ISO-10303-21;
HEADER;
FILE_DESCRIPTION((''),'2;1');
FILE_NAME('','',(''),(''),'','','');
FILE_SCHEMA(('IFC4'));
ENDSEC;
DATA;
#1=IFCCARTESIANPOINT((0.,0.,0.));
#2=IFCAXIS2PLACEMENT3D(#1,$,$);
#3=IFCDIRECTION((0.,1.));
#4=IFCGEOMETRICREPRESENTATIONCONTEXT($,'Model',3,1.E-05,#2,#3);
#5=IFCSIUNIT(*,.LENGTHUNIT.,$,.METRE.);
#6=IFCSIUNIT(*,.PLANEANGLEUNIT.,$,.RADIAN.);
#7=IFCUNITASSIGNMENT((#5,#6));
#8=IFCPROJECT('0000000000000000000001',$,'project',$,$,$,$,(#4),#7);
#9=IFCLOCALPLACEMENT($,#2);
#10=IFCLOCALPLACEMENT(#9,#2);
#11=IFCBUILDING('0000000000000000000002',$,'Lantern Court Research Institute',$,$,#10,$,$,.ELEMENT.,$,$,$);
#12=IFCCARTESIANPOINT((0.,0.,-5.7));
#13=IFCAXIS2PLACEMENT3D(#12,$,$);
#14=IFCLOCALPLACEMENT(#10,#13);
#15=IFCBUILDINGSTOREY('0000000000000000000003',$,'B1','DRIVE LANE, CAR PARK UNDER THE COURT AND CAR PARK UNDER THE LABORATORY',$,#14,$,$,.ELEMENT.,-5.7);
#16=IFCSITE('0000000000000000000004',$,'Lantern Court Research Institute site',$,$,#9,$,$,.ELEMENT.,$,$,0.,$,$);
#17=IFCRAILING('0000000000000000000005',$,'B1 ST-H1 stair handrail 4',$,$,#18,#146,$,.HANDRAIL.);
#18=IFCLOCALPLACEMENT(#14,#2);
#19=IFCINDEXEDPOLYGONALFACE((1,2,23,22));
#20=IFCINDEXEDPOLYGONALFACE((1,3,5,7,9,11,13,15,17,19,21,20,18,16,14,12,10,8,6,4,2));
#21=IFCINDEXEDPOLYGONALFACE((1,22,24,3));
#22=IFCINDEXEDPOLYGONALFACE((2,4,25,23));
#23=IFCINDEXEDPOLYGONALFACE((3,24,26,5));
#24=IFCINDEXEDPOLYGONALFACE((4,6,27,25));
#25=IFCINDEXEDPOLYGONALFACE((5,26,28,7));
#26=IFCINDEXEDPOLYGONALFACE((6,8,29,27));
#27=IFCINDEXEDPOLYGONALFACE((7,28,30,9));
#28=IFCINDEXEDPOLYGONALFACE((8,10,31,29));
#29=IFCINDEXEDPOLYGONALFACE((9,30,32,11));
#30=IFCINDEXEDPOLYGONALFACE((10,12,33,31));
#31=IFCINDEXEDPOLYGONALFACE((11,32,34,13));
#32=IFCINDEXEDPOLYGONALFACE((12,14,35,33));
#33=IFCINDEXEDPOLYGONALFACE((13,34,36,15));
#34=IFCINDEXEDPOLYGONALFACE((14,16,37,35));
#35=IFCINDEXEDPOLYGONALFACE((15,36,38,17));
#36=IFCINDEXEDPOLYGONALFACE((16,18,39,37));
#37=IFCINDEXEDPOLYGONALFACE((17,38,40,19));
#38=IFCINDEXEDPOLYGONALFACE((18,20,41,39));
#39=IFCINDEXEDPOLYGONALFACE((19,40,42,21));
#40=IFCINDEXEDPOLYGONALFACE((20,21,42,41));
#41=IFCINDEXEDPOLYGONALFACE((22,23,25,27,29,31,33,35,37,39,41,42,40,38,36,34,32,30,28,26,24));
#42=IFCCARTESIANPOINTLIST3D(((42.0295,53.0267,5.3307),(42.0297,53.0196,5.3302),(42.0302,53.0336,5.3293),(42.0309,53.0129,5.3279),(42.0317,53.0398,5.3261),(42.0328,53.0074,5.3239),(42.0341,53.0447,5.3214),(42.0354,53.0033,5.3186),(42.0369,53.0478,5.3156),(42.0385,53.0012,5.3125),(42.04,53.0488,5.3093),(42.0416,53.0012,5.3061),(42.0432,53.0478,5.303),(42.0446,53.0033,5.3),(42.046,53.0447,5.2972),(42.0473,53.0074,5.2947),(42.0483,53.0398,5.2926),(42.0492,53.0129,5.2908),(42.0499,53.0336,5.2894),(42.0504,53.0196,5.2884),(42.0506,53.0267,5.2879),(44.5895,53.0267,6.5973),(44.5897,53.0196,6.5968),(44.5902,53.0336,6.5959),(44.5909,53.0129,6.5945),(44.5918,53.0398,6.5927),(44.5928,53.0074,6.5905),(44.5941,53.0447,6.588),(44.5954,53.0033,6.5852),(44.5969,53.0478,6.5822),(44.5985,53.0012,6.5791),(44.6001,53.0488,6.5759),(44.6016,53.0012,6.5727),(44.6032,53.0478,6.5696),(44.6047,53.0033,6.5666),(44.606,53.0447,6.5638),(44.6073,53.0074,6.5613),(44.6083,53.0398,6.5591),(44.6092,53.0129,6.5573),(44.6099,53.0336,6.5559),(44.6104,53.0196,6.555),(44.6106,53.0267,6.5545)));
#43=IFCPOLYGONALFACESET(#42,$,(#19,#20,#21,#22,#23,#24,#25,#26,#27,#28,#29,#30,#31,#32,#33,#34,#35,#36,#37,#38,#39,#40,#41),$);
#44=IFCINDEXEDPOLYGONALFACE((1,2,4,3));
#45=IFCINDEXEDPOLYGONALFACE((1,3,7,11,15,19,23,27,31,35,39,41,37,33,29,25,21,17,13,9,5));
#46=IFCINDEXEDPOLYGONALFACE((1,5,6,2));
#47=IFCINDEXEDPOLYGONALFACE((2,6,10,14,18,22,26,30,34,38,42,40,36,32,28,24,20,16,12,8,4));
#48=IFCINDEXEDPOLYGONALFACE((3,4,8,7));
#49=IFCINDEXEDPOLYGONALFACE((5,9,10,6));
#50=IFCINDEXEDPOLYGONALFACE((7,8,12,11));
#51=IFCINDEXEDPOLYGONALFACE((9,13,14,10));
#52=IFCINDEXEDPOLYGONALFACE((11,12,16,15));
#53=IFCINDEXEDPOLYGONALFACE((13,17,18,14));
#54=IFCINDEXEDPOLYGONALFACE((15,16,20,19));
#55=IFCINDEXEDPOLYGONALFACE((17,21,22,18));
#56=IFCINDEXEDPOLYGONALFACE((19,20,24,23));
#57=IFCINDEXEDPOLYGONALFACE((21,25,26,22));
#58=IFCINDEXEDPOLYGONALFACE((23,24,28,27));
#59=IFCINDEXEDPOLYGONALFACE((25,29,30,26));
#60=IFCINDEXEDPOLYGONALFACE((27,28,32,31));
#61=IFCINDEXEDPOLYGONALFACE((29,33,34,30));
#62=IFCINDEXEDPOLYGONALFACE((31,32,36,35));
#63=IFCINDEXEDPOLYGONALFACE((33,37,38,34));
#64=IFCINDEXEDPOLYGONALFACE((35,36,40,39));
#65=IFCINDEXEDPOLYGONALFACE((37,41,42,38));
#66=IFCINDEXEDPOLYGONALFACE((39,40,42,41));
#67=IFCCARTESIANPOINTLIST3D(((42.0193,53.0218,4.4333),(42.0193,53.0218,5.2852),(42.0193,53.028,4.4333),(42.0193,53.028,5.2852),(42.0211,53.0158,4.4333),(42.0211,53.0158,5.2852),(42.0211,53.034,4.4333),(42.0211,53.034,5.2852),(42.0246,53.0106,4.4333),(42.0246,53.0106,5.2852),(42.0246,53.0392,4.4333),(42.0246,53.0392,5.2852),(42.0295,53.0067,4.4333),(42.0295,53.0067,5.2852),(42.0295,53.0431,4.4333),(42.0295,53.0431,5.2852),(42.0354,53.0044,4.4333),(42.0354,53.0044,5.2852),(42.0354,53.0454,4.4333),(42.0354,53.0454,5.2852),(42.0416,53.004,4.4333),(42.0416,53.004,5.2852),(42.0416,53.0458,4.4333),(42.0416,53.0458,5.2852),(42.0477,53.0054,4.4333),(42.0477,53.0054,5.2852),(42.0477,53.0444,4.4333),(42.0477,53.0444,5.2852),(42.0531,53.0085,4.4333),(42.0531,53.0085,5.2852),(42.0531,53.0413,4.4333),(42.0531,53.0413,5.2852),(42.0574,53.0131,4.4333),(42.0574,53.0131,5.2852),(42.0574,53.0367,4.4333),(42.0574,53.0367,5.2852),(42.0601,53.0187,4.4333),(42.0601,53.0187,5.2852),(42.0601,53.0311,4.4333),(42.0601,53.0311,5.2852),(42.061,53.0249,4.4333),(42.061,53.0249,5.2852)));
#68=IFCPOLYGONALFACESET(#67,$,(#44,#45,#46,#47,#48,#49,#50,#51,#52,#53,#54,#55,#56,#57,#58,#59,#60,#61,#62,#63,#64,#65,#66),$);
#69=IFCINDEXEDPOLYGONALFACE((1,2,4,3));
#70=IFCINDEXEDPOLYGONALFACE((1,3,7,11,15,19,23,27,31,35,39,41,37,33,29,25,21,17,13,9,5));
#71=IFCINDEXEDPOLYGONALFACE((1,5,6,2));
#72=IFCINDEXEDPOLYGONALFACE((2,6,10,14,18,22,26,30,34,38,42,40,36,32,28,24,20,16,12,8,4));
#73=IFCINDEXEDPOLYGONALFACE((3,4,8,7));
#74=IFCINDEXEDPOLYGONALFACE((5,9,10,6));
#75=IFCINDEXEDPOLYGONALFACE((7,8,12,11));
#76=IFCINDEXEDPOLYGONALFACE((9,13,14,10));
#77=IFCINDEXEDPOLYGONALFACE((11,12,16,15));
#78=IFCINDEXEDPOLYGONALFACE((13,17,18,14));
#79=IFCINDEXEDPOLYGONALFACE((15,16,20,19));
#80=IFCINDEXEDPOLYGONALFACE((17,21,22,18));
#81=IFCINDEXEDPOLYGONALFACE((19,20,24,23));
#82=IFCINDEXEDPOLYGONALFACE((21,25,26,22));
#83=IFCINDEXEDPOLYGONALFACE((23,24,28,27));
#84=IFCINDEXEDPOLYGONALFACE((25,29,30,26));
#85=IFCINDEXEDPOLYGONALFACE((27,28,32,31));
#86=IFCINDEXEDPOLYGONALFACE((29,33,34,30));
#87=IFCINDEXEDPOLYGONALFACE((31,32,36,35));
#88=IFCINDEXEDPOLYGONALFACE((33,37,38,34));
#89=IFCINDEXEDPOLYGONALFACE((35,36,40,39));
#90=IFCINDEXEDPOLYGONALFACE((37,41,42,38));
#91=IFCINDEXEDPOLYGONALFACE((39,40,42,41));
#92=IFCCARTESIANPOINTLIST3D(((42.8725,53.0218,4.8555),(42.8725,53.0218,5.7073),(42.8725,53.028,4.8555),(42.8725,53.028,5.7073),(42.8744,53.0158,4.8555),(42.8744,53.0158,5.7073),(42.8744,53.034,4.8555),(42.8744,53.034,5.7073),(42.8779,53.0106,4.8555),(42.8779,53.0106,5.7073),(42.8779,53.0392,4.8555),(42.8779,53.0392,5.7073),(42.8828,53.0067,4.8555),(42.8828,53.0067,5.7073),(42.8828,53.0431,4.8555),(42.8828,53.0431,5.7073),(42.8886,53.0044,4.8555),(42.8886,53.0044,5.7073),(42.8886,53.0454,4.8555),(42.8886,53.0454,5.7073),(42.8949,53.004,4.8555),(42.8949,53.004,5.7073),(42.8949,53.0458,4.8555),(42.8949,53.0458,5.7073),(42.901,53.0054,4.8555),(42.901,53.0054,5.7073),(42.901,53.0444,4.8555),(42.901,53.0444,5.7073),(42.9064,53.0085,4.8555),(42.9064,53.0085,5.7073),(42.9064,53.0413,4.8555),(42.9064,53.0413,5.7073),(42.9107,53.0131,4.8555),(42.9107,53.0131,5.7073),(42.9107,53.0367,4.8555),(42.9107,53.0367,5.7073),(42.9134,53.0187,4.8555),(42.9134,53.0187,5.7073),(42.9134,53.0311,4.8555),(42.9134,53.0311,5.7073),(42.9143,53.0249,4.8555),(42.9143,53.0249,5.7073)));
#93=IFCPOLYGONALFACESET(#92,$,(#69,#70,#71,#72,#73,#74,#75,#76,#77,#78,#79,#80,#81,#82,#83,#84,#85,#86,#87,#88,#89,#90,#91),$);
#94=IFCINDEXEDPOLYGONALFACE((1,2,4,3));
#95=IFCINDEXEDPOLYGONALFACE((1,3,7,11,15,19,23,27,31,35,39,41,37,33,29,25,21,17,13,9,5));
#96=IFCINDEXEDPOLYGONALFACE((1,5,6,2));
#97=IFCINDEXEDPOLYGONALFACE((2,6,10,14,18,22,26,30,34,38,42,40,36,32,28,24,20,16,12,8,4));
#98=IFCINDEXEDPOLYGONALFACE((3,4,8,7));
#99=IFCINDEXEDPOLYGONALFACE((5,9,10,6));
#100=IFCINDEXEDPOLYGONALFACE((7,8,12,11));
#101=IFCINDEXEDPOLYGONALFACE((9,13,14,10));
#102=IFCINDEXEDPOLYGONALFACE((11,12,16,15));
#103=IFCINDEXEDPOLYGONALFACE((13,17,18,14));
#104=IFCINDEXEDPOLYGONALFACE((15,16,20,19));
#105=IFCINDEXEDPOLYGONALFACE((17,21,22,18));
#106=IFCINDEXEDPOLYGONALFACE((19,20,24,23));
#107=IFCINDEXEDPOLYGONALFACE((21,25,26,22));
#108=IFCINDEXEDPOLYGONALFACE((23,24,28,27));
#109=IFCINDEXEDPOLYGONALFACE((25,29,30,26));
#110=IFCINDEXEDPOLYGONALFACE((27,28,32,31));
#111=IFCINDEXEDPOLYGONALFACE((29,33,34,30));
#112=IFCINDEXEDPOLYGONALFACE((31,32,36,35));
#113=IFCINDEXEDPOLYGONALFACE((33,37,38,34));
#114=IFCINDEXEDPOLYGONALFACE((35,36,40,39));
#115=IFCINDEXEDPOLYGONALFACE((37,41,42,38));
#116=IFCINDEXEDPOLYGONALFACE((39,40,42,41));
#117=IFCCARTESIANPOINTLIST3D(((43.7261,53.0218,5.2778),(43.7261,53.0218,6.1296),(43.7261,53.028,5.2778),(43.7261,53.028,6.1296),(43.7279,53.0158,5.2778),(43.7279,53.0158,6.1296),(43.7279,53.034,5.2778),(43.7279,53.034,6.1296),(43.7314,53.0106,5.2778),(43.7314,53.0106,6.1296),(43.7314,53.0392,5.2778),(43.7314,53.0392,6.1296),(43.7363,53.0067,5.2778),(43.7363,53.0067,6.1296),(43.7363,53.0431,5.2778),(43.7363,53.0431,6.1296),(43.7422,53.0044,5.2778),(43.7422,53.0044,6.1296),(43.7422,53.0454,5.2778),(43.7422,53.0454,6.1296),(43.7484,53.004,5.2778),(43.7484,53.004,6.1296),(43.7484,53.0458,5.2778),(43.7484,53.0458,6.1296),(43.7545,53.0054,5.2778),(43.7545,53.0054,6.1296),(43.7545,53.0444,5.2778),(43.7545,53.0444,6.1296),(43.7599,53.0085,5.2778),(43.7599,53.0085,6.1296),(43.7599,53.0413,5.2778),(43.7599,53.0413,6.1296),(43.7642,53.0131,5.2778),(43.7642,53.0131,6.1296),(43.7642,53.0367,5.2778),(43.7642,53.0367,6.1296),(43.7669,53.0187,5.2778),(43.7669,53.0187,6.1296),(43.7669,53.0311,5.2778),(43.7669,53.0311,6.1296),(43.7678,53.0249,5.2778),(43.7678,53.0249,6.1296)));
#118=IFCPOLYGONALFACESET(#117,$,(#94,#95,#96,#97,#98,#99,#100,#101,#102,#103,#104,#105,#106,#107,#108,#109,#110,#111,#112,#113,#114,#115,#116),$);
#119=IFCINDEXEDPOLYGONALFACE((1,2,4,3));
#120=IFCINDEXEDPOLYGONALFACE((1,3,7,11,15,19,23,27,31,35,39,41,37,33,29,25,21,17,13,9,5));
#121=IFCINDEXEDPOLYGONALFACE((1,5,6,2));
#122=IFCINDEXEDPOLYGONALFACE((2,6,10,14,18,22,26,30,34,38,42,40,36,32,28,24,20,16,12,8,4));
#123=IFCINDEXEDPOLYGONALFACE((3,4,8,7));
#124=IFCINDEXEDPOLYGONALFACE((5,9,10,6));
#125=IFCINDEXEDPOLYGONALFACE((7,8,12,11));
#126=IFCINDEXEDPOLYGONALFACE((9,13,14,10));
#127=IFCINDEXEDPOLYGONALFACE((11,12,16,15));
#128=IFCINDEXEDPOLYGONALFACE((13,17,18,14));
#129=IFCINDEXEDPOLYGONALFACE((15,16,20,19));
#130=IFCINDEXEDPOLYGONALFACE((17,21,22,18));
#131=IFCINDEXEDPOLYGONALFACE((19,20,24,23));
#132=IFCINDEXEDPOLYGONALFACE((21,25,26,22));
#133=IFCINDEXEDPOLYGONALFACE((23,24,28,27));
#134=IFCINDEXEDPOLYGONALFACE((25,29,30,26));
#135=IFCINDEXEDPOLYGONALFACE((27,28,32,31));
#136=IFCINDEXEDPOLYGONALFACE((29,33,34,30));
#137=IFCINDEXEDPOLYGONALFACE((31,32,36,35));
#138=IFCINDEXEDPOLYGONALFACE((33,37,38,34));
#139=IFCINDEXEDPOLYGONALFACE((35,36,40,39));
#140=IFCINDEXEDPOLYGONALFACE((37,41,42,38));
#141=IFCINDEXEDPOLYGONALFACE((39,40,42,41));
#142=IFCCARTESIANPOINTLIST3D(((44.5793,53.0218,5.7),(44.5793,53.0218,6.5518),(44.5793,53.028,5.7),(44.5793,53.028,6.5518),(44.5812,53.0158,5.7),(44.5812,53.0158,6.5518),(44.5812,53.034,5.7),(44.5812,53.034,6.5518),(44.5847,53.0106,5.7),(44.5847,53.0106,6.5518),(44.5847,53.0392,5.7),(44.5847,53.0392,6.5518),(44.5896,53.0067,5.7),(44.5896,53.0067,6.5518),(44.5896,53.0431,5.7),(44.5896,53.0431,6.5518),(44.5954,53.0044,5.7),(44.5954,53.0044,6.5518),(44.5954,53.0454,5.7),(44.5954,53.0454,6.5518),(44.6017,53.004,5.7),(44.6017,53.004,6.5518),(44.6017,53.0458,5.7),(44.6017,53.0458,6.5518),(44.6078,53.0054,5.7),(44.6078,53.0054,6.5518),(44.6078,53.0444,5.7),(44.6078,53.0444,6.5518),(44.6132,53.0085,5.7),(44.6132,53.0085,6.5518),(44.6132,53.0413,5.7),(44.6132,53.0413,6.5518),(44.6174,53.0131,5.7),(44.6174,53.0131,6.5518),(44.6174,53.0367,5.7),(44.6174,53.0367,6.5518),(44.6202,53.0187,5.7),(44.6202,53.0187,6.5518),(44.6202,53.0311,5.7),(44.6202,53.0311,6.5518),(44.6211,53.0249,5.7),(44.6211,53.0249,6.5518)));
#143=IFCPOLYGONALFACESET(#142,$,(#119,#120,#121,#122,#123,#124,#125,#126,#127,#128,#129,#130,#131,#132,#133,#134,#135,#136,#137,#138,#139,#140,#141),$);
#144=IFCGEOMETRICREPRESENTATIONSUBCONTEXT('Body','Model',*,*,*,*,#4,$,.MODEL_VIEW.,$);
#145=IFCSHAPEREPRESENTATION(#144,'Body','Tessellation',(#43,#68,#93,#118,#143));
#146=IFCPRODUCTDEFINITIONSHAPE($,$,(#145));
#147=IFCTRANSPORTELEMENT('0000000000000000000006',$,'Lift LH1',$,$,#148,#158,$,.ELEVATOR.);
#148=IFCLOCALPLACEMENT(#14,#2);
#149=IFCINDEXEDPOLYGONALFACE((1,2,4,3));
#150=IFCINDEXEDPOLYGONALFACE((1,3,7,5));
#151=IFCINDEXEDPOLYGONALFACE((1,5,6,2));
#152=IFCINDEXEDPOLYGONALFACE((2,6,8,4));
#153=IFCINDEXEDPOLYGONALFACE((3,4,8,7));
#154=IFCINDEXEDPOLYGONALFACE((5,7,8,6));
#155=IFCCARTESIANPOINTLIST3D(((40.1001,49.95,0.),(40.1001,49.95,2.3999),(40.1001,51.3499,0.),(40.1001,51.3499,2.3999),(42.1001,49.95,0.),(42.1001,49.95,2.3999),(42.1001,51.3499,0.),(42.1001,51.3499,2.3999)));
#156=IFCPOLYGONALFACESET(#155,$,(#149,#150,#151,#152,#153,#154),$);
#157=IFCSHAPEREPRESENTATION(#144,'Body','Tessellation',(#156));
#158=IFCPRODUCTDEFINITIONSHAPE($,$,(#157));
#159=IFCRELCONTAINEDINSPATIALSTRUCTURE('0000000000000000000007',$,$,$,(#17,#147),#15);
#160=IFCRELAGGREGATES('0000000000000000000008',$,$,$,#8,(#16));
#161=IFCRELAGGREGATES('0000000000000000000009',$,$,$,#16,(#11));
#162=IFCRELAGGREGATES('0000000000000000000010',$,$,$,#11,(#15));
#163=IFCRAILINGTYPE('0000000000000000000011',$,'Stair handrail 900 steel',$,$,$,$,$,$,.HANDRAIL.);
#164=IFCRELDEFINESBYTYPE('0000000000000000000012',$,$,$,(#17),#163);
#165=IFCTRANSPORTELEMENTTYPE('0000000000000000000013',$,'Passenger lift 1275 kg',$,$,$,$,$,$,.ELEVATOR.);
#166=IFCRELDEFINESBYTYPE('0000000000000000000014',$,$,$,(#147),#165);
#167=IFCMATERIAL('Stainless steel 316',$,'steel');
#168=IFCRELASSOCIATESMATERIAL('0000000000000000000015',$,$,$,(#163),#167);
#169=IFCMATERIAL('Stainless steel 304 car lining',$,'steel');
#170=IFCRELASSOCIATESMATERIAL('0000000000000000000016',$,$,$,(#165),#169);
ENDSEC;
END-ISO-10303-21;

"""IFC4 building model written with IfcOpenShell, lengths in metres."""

from ifc_helpers import new_model, si_unit, direction, frame, origin, origin_2d, place, context, subcontext, project, spatial, rectangle, circle, extrude, material, type_object, element, save


model = new_model("IFC4")

# Units and contexts
model_context = context("Model", 3, precision=1e-05, world=origin(), true_north=direction((0.0, 1.0)))
body_context = subcontext(model_context, "Body", "Model", "MODEL_VIEW")
ifc_project = project(units=[si_unit("LENGTHUNIT", "METRE"), si_unit("PLANEANGLEUNIT", "RADIAN")], contexts=[model_context])

# Site, building, storey
site_placement = place(None, origin())
site = spatial("IfcSite", under=ifc_project, at=site_placement, Name="Lantern Court Research Institute site", CompositionType="ELEMENT", RefElevation=0.0)
building_placement = place(site_placement, origin())
building = spatial("IfcBuilding", under=site, at=building_placement, Name="Lantern Court Research Institute", CompositionType="ELEMENT")
storey_placement = place(building_placement, frame((0.0, 0.0, -5.7)))
storey = spatial("IfcBuildingStorey", under=building, at=storey_placement, Name="B1", Description="DRIVE LANE, CAR PARK UNDER THE COURT AND CAR PARK UNDER THE LABORATORY", CompositionType="ELEMENT", Elevation=-5.7)

# Railing
ifc_material_1 = material(Name="Stainless steel 316", Category="steel")
railing_type_1 = type_object("IfcRailingType", Name="Stair handrail 900 steel", PredefinedType="HANDRAIL", material=ifc_material_1)
for number, where, name in (
    (1, (42.04, 53.0249, 4.4333), "B1 ST-H1 stair handrail 4"),
):
    element("IfcRailing", number, at=place(storey_placement, frame(where)), inside=storey, type_object=railing_type_1, Name=name, PredefinedType="HANDRAIL", context=body_context, shape_type="SweptSolid", body=[
        extrude(circle(Radius=0.0239, at=origin_2d()), frame((0.0, 0.0, 0.876), z_axis=(0.8963, 0.0, 0.443449), x_axis=(0.0, 1.0, 0.0)), (0.0, 0.0, 1.0), 2.8562),
        extrude(circle(Radius=0.021, at=origin_2d()), origin(), (0.0, 0.0, 1.0), 0.8518),
        extrude(circle(Radius=0.021, at=origin_2d()), frame((0.8533, 0.0, 0.4221)), (0.0, 0.0, 1.0), 0.8518),
        extrude(circle(Radius=0.021, at=origin_2d()), frame((1.7068, 0.0, 0.8445)), (0.0, 0.0, 1.0), 0.8518),
        extrude(circle(Radius=0.021, at=origin_2d()), frame((2.5601, 0.0, 1.2666)), (0.0, 0.0, 1.0), 0.8518),
    ])

# Transport element
ifc_material_2 = material(Name="Stainless steel 304 car lining", Category="steel")
transport_element_type = type_object("IfcTransportElementType", Name="Passenger lift 1275 kg", PredefinedType="ELEVATOR", material=ifc_material_2)
transport_element_placement = place(storey_placement, frame((41.1001, 50.6499, 0.0), z_axis=(0.0, 0.0, 1.0), x_axis=(1.0, 0.0, 0.0)))
element("IfcTransportElement", 2, at=transport_element_placement, inside=storey, type_object=transport_element_type, Name="Lift LH1", PredefinedType="ELEVATOR", context=body_context, shape_type="SweptSolid", body=[
    extrude(rectangle(XDim=2.0, YDim=1.3999, at=origin_2d()), origin(), (0.0, 0.0, 1.0), 2.3999),
])

save(model, "model.ifc")
